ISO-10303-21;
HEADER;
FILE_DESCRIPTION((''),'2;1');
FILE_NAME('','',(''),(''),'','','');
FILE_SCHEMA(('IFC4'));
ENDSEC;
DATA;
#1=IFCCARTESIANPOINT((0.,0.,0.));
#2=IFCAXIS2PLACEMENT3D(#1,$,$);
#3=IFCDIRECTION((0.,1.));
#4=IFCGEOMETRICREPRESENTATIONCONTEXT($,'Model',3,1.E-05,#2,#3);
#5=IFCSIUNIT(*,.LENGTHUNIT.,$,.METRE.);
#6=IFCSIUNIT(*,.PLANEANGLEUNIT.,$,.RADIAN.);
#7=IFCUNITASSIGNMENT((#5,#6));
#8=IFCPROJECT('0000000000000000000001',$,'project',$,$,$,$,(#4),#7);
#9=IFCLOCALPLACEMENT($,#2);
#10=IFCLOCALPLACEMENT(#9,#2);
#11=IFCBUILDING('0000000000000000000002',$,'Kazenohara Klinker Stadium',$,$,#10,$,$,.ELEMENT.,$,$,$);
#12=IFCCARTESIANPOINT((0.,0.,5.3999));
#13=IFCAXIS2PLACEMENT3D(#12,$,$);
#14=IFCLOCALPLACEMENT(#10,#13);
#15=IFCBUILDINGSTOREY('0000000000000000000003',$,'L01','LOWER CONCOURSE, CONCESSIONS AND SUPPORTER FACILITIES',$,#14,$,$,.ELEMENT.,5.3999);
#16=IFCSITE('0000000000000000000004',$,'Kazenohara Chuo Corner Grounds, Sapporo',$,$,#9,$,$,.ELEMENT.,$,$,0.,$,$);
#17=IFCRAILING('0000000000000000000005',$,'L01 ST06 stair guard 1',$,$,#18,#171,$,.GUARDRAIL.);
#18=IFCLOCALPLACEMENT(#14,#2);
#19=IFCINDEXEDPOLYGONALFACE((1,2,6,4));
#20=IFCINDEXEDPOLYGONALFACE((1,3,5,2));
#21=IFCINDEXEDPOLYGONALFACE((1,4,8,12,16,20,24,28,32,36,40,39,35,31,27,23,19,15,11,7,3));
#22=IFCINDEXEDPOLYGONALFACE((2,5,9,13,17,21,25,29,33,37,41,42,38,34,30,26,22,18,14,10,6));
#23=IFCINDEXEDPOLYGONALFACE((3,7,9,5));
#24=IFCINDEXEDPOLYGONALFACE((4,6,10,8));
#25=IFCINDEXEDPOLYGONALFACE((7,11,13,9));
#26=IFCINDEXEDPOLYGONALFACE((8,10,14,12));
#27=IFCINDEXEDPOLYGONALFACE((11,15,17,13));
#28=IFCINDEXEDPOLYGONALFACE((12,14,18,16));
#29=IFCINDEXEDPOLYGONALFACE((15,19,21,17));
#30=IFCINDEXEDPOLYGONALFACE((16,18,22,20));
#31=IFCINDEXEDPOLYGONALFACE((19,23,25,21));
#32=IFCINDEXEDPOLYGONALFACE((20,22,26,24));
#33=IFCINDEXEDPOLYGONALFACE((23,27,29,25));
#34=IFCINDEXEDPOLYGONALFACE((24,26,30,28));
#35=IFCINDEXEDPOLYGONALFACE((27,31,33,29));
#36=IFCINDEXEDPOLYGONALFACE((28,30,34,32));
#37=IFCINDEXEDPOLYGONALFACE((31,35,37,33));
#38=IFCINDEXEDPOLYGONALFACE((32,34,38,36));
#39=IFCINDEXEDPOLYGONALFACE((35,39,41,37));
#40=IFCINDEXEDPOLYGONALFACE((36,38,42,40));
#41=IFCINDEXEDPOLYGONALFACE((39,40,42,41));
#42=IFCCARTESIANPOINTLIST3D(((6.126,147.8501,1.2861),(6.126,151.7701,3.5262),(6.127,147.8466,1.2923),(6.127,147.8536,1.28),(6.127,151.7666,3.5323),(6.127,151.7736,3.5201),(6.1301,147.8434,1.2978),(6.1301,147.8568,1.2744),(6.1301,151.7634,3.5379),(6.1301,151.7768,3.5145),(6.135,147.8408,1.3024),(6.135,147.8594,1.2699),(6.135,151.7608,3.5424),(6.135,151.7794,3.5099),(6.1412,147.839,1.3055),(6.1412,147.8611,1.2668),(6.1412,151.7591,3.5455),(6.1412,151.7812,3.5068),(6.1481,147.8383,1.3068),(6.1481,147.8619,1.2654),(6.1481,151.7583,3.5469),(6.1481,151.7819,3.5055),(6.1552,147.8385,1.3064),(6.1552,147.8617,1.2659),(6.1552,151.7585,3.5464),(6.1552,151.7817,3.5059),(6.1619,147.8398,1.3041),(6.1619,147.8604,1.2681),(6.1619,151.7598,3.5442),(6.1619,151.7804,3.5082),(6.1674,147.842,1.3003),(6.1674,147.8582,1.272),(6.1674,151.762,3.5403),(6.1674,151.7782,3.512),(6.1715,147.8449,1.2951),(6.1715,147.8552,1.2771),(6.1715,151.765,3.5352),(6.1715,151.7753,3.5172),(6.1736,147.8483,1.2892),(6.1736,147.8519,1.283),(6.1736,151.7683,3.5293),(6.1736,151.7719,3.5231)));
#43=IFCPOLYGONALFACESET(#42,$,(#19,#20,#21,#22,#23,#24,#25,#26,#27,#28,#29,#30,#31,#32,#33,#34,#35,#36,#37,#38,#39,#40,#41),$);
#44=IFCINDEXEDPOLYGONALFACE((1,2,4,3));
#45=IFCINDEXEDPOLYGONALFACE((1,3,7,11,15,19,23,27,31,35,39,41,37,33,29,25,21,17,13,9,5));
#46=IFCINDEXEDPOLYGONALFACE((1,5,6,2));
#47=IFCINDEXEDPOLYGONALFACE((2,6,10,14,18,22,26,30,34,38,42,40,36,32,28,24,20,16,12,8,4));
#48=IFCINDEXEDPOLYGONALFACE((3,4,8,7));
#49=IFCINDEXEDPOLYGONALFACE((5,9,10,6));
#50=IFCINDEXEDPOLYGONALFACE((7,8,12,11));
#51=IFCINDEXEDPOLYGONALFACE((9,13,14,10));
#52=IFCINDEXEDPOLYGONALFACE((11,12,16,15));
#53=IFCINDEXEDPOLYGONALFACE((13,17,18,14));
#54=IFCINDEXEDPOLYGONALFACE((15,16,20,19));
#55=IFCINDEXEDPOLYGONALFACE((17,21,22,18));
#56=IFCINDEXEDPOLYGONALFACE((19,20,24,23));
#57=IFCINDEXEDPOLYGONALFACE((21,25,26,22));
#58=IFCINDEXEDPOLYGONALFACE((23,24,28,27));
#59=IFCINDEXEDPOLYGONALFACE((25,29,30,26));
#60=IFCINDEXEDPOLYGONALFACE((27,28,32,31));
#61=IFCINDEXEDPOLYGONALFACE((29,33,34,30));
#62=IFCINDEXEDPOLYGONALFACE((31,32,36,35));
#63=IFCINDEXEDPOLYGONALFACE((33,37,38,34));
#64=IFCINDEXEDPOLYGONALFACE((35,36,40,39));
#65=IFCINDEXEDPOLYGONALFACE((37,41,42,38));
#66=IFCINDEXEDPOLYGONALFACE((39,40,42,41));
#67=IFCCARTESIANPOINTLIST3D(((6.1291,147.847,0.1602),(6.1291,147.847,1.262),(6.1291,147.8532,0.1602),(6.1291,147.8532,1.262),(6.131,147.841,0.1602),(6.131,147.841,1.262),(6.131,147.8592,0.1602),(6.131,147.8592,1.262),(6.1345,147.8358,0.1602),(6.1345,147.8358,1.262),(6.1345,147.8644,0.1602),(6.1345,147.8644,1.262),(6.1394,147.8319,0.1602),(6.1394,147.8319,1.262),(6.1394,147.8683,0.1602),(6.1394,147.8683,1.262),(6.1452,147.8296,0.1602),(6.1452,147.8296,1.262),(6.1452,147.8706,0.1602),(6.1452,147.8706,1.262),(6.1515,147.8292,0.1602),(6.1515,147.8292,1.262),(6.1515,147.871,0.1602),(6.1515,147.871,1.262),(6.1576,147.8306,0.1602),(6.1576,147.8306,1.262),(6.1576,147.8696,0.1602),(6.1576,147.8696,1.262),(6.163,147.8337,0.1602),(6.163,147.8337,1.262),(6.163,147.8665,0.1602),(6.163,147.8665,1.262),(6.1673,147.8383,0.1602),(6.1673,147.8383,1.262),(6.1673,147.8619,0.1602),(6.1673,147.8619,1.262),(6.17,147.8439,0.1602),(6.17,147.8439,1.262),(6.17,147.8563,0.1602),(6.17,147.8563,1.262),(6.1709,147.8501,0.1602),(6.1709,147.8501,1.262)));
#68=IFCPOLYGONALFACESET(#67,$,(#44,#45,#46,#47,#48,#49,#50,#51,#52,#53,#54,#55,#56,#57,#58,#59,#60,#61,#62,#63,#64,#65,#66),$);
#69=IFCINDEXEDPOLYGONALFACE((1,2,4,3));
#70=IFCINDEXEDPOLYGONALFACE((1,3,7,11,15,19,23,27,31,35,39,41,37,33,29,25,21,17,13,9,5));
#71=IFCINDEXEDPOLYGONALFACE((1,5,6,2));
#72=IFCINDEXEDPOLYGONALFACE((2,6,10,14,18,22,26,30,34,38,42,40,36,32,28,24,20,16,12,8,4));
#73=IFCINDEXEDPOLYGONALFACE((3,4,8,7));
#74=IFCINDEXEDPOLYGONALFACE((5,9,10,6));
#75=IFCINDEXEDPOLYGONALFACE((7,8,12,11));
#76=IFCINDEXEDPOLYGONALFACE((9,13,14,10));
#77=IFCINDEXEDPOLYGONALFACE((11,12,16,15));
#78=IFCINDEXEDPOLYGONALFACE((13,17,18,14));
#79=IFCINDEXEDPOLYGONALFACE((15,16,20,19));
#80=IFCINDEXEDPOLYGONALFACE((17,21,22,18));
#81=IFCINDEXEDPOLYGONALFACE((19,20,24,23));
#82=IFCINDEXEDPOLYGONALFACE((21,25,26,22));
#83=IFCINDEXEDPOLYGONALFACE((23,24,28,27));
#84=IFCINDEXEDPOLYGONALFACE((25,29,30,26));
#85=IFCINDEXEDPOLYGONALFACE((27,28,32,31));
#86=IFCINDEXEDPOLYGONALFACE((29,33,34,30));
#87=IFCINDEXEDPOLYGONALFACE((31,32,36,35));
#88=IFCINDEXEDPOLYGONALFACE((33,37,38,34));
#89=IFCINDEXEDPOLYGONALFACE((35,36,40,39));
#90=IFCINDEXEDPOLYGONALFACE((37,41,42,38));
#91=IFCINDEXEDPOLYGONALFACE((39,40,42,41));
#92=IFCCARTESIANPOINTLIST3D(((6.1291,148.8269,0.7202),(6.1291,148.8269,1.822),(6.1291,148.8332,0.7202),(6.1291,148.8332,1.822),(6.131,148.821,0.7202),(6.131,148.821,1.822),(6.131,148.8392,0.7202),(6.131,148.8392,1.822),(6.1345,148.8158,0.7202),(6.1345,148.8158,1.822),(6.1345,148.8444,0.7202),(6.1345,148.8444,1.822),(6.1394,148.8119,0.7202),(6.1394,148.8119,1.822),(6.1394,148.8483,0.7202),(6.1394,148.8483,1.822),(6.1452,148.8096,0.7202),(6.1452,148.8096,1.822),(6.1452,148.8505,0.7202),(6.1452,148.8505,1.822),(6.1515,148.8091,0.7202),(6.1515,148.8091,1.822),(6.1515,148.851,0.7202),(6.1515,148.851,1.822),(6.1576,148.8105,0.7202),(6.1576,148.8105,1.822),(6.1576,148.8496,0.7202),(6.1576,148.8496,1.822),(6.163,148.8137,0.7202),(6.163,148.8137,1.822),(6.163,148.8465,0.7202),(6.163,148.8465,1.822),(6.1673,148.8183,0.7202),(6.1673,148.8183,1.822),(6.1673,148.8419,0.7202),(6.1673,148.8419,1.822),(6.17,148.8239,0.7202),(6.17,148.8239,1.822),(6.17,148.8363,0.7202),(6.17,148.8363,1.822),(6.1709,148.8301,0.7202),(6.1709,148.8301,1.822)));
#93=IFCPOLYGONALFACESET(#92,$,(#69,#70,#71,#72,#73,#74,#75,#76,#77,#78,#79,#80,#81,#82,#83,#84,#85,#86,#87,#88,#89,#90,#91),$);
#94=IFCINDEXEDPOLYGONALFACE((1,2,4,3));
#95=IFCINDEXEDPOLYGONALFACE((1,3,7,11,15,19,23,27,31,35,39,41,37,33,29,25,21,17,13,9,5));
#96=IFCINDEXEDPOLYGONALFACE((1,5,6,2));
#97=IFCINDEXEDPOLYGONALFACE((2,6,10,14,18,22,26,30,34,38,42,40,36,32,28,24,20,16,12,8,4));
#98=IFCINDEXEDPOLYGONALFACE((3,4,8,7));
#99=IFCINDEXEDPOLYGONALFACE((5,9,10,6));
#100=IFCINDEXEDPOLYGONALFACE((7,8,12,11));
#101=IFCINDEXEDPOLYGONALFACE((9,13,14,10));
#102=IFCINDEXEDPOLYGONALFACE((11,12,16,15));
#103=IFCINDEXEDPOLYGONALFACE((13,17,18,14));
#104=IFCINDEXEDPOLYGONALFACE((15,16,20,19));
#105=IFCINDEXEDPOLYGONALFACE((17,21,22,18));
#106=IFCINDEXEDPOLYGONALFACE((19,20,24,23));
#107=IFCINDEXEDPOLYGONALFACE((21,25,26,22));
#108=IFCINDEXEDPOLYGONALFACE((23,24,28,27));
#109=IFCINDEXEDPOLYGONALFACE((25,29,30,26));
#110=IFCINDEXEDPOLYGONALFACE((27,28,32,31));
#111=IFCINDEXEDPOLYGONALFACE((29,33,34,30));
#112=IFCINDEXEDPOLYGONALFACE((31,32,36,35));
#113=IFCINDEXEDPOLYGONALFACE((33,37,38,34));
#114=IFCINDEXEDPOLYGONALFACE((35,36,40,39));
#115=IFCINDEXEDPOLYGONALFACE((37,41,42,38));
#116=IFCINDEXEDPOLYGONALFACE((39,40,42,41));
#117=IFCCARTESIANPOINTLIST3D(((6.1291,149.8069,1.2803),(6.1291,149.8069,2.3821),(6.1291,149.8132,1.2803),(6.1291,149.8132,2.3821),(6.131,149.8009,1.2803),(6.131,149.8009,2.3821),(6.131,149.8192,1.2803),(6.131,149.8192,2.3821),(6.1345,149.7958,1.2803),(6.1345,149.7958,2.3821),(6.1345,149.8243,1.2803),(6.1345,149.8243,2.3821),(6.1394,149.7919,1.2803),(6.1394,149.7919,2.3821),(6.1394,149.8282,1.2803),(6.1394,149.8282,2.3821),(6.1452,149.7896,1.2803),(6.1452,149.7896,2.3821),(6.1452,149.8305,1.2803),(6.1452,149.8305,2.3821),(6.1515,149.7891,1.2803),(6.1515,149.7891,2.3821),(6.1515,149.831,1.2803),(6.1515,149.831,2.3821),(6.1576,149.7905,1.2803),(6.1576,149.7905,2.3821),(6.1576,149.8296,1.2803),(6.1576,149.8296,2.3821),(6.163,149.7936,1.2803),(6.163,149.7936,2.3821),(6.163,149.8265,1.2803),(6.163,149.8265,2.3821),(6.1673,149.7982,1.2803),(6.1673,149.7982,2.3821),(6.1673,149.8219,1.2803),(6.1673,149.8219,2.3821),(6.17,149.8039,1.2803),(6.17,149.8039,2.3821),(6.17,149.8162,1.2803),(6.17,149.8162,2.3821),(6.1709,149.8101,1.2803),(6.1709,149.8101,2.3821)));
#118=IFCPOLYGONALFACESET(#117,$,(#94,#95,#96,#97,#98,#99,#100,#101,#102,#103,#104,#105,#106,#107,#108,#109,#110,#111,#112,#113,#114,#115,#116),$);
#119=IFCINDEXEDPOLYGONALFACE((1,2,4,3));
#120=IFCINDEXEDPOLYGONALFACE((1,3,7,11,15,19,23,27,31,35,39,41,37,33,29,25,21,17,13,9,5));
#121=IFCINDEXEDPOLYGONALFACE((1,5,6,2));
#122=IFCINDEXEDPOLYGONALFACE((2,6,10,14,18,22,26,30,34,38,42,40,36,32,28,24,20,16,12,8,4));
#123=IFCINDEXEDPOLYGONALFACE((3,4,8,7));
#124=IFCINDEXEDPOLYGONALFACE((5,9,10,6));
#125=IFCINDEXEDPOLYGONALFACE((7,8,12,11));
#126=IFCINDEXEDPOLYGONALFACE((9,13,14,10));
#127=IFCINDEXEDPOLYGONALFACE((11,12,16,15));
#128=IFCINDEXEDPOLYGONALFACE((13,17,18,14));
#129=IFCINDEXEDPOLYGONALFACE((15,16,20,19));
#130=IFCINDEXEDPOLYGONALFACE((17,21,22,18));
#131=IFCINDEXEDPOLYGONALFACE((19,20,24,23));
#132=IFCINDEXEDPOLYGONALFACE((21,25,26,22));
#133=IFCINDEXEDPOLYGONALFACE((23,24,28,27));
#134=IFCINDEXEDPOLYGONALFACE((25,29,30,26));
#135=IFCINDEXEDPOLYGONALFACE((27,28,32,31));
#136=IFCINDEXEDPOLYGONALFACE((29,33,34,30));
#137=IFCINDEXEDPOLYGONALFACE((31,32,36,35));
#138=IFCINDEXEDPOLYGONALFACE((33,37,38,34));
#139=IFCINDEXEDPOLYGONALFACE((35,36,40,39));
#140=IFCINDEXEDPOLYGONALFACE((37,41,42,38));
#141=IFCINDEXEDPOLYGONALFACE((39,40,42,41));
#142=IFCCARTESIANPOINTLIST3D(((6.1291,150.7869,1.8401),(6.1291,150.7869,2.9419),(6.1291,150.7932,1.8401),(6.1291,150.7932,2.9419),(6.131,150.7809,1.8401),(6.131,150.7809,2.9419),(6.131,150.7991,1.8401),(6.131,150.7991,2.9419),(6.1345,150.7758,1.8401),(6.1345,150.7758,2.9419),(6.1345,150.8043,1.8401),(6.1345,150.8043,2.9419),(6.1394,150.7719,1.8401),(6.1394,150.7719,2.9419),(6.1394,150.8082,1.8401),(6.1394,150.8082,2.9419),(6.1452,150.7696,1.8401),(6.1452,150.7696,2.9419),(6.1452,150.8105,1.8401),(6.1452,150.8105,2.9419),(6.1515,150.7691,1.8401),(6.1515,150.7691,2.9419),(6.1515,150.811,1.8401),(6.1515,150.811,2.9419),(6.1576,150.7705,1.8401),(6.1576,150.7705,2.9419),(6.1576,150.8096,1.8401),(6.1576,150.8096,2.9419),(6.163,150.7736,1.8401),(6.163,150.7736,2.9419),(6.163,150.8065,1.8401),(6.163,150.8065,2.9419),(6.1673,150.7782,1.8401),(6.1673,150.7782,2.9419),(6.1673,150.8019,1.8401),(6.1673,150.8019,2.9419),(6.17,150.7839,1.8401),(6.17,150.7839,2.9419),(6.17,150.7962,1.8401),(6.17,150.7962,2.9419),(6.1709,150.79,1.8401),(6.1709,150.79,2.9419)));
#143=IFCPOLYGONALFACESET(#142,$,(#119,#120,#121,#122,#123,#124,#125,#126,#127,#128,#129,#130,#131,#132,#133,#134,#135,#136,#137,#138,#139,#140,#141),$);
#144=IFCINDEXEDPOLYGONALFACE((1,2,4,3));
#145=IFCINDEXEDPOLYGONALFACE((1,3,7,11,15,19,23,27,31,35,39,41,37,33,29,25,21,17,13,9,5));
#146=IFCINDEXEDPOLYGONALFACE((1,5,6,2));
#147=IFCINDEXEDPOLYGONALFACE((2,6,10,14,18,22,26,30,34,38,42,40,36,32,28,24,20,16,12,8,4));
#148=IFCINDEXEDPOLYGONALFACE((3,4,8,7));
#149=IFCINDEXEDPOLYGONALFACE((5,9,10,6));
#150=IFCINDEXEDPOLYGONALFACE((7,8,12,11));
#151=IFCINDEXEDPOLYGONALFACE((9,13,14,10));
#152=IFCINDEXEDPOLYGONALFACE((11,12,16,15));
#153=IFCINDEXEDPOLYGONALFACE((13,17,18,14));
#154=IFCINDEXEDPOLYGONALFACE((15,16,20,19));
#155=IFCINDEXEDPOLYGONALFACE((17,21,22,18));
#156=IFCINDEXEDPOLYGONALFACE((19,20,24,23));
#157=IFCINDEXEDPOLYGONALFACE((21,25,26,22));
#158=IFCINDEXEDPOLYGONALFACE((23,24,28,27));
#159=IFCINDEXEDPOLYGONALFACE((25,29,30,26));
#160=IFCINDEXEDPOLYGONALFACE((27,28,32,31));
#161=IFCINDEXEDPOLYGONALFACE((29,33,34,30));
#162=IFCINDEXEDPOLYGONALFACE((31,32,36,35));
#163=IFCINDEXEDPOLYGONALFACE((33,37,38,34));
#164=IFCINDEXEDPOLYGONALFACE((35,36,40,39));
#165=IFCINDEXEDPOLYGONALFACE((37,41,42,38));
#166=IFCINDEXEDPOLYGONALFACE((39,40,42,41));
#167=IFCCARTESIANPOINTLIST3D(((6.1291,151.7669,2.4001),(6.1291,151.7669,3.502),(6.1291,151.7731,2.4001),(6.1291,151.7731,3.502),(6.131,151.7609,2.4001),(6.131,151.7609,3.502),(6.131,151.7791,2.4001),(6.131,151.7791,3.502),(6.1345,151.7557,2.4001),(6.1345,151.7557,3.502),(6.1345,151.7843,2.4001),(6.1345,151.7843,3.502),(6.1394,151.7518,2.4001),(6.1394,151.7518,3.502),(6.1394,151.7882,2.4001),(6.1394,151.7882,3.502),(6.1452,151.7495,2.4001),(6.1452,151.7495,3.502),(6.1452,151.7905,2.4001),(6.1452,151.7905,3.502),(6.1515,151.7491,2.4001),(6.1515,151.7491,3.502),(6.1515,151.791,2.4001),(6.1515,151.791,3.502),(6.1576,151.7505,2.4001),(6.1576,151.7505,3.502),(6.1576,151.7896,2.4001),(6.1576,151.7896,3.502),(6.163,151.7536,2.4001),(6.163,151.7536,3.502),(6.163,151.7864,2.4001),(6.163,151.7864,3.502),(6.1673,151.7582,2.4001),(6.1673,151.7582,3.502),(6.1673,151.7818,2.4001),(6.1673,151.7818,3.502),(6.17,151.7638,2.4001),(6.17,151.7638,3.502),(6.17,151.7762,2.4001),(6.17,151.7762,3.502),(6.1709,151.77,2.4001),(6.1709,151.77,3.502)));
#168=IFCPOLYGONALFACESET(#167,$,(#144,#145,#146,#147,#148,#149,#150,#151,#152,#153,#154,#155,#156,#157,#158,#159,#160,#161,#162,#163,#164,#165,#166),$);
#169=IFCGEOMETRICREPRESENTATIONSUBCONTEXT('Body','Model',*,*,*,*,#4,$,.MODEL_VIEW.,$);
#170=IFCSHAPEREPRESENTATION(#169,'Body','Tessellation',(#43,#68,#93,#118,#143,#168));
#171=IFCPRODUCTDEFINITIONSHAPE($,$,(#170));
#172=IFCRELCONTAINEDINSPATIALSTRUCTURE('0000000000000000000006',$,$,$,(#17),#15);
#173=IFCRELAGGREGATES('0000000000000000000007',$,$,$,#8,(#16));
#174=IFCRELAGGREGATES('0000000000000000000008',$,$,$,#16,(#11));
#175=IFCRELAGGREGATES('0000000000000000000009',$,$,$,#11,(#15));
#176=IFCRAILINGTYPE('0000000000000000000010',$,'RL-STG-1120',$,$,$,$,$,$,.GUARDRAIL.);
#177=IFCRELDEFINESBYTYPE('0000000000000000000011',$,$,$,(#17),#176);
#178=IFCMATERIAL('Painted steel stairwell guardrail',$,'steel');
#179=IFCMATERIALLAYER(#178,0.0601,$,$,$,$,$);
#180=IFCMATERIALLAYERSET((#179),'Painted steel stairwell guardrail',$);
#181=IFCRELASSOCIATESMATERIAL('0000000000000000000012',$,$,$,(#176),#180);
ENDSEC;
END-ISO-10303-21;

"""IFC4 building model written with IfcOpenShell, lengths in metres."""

from ifc_helpers import new_model, si_unit, direction, frame, origin, origin_2d, place, context, subcontext, project, spatial, circle, extrude, material, layer, layer_set, type_object, element, save


model = new_model("IFC4")

# Units and contexts
model_context = context("Model", 3, precision=1e-05, world=origin(), true_north=direction((0.0, 1.0)))
body_context = subcontext(model_context, "Body", "Model", "MODEL_VIEW")
ifc_project = project(units=[si_unit("LENGTHUNIT", "METRE"), si_unit("PLANEANGLEUNIT", "RADIAN")], contexts=[model_context])

# Site, building, storey
site_placement = place(None, origin())
site = spatial("IfcSite", under=ifc_project, at=site_placement, Name="Kazenohara Chuo Corner Grounds, Sapporo", CompositionType="ELEMENT", RefElevation=0.0)
building_placement = place(site_placement, origin())
building = spatial("IfcBuilding", under=site, at=building_placement, Name="Kazenohara Klinker Stadium", CompositionType="ELEMENT")
storey_placement = place(building_placement, frame((0.0, 0.0, 5.3999)))
storey = spatial("IfcBuildingStorey", under=building, at=storey_placement, Name="L01", Description="LOWER CONCOURSE, CONCESSIONS AND SUPPORTER FACILITIES", CompositionType="ELEMENT", Elevation=5.3999)

# Railing
ifc_material_1 = material(Name="Painted steel stairwell guardrail", Category="steel")
ifc_layer_1 = layer(ifc_material_1, 0.0601)
ifc_layer_set_1 = layer_set([ifc_layer_1], Name="Painted steel stairwell guardrail")
railing_type_1 = type_object("IfcRailingType", Name="RL-STG-1120", PredefinedType="GUARDRAIL", material=ifc_layer_set_1)
railing_1_placement = place(storey_placement, frame((6.1499, 147.8501, 0.1602)))
element("IfcRailing", 1, at=railing_1_placement, inside=storey, type_object=railing_type_1, Name="L01 ST06 stair guard 1", PredefinedType="GUARDRAIL", context=body_context, shape_type="SweptSolid", body=[
    extrude(circle(Radius=0.0239, at=origin_2d()), frame((0.0, 0.0, 1.126), z_axis=(0.0, 0.86824, 0.496145), x_axis=(-1.0, 0.0, 0.0)), (0.0, 0.0, 1.0), 4.5149),
    extrude(circle(Radius=0.021, at=origin_2d()), origin(), (0.0, 0.0, 1.0), 1.1018),
    extrude(circle(Radius=0.021, at=origin_2d()), frame((0.0, 0.98, 0.5601)), (0.0, 0.0, 1.0), 1.1018),
    extrude(circle(Radius=0.021, at=origin_2d()), frame((0.0, 1.96, 1.1201)), (0.0, 0.0, 1.0), 1.1018),
    extrude(circle(Radius=0.021, at=origin_2d()), frame((0.0, 2.9399, 1.6799)), (0.0, 0.0, 1.0), 1.1018),
    extrude(circle(Radius=0.021, at=origin_2d()), frame((0.0, 3.9199, 2.24)), (0.0, 0.0, 1.0), 1.1018),
])

save(model, "model.ifc")
